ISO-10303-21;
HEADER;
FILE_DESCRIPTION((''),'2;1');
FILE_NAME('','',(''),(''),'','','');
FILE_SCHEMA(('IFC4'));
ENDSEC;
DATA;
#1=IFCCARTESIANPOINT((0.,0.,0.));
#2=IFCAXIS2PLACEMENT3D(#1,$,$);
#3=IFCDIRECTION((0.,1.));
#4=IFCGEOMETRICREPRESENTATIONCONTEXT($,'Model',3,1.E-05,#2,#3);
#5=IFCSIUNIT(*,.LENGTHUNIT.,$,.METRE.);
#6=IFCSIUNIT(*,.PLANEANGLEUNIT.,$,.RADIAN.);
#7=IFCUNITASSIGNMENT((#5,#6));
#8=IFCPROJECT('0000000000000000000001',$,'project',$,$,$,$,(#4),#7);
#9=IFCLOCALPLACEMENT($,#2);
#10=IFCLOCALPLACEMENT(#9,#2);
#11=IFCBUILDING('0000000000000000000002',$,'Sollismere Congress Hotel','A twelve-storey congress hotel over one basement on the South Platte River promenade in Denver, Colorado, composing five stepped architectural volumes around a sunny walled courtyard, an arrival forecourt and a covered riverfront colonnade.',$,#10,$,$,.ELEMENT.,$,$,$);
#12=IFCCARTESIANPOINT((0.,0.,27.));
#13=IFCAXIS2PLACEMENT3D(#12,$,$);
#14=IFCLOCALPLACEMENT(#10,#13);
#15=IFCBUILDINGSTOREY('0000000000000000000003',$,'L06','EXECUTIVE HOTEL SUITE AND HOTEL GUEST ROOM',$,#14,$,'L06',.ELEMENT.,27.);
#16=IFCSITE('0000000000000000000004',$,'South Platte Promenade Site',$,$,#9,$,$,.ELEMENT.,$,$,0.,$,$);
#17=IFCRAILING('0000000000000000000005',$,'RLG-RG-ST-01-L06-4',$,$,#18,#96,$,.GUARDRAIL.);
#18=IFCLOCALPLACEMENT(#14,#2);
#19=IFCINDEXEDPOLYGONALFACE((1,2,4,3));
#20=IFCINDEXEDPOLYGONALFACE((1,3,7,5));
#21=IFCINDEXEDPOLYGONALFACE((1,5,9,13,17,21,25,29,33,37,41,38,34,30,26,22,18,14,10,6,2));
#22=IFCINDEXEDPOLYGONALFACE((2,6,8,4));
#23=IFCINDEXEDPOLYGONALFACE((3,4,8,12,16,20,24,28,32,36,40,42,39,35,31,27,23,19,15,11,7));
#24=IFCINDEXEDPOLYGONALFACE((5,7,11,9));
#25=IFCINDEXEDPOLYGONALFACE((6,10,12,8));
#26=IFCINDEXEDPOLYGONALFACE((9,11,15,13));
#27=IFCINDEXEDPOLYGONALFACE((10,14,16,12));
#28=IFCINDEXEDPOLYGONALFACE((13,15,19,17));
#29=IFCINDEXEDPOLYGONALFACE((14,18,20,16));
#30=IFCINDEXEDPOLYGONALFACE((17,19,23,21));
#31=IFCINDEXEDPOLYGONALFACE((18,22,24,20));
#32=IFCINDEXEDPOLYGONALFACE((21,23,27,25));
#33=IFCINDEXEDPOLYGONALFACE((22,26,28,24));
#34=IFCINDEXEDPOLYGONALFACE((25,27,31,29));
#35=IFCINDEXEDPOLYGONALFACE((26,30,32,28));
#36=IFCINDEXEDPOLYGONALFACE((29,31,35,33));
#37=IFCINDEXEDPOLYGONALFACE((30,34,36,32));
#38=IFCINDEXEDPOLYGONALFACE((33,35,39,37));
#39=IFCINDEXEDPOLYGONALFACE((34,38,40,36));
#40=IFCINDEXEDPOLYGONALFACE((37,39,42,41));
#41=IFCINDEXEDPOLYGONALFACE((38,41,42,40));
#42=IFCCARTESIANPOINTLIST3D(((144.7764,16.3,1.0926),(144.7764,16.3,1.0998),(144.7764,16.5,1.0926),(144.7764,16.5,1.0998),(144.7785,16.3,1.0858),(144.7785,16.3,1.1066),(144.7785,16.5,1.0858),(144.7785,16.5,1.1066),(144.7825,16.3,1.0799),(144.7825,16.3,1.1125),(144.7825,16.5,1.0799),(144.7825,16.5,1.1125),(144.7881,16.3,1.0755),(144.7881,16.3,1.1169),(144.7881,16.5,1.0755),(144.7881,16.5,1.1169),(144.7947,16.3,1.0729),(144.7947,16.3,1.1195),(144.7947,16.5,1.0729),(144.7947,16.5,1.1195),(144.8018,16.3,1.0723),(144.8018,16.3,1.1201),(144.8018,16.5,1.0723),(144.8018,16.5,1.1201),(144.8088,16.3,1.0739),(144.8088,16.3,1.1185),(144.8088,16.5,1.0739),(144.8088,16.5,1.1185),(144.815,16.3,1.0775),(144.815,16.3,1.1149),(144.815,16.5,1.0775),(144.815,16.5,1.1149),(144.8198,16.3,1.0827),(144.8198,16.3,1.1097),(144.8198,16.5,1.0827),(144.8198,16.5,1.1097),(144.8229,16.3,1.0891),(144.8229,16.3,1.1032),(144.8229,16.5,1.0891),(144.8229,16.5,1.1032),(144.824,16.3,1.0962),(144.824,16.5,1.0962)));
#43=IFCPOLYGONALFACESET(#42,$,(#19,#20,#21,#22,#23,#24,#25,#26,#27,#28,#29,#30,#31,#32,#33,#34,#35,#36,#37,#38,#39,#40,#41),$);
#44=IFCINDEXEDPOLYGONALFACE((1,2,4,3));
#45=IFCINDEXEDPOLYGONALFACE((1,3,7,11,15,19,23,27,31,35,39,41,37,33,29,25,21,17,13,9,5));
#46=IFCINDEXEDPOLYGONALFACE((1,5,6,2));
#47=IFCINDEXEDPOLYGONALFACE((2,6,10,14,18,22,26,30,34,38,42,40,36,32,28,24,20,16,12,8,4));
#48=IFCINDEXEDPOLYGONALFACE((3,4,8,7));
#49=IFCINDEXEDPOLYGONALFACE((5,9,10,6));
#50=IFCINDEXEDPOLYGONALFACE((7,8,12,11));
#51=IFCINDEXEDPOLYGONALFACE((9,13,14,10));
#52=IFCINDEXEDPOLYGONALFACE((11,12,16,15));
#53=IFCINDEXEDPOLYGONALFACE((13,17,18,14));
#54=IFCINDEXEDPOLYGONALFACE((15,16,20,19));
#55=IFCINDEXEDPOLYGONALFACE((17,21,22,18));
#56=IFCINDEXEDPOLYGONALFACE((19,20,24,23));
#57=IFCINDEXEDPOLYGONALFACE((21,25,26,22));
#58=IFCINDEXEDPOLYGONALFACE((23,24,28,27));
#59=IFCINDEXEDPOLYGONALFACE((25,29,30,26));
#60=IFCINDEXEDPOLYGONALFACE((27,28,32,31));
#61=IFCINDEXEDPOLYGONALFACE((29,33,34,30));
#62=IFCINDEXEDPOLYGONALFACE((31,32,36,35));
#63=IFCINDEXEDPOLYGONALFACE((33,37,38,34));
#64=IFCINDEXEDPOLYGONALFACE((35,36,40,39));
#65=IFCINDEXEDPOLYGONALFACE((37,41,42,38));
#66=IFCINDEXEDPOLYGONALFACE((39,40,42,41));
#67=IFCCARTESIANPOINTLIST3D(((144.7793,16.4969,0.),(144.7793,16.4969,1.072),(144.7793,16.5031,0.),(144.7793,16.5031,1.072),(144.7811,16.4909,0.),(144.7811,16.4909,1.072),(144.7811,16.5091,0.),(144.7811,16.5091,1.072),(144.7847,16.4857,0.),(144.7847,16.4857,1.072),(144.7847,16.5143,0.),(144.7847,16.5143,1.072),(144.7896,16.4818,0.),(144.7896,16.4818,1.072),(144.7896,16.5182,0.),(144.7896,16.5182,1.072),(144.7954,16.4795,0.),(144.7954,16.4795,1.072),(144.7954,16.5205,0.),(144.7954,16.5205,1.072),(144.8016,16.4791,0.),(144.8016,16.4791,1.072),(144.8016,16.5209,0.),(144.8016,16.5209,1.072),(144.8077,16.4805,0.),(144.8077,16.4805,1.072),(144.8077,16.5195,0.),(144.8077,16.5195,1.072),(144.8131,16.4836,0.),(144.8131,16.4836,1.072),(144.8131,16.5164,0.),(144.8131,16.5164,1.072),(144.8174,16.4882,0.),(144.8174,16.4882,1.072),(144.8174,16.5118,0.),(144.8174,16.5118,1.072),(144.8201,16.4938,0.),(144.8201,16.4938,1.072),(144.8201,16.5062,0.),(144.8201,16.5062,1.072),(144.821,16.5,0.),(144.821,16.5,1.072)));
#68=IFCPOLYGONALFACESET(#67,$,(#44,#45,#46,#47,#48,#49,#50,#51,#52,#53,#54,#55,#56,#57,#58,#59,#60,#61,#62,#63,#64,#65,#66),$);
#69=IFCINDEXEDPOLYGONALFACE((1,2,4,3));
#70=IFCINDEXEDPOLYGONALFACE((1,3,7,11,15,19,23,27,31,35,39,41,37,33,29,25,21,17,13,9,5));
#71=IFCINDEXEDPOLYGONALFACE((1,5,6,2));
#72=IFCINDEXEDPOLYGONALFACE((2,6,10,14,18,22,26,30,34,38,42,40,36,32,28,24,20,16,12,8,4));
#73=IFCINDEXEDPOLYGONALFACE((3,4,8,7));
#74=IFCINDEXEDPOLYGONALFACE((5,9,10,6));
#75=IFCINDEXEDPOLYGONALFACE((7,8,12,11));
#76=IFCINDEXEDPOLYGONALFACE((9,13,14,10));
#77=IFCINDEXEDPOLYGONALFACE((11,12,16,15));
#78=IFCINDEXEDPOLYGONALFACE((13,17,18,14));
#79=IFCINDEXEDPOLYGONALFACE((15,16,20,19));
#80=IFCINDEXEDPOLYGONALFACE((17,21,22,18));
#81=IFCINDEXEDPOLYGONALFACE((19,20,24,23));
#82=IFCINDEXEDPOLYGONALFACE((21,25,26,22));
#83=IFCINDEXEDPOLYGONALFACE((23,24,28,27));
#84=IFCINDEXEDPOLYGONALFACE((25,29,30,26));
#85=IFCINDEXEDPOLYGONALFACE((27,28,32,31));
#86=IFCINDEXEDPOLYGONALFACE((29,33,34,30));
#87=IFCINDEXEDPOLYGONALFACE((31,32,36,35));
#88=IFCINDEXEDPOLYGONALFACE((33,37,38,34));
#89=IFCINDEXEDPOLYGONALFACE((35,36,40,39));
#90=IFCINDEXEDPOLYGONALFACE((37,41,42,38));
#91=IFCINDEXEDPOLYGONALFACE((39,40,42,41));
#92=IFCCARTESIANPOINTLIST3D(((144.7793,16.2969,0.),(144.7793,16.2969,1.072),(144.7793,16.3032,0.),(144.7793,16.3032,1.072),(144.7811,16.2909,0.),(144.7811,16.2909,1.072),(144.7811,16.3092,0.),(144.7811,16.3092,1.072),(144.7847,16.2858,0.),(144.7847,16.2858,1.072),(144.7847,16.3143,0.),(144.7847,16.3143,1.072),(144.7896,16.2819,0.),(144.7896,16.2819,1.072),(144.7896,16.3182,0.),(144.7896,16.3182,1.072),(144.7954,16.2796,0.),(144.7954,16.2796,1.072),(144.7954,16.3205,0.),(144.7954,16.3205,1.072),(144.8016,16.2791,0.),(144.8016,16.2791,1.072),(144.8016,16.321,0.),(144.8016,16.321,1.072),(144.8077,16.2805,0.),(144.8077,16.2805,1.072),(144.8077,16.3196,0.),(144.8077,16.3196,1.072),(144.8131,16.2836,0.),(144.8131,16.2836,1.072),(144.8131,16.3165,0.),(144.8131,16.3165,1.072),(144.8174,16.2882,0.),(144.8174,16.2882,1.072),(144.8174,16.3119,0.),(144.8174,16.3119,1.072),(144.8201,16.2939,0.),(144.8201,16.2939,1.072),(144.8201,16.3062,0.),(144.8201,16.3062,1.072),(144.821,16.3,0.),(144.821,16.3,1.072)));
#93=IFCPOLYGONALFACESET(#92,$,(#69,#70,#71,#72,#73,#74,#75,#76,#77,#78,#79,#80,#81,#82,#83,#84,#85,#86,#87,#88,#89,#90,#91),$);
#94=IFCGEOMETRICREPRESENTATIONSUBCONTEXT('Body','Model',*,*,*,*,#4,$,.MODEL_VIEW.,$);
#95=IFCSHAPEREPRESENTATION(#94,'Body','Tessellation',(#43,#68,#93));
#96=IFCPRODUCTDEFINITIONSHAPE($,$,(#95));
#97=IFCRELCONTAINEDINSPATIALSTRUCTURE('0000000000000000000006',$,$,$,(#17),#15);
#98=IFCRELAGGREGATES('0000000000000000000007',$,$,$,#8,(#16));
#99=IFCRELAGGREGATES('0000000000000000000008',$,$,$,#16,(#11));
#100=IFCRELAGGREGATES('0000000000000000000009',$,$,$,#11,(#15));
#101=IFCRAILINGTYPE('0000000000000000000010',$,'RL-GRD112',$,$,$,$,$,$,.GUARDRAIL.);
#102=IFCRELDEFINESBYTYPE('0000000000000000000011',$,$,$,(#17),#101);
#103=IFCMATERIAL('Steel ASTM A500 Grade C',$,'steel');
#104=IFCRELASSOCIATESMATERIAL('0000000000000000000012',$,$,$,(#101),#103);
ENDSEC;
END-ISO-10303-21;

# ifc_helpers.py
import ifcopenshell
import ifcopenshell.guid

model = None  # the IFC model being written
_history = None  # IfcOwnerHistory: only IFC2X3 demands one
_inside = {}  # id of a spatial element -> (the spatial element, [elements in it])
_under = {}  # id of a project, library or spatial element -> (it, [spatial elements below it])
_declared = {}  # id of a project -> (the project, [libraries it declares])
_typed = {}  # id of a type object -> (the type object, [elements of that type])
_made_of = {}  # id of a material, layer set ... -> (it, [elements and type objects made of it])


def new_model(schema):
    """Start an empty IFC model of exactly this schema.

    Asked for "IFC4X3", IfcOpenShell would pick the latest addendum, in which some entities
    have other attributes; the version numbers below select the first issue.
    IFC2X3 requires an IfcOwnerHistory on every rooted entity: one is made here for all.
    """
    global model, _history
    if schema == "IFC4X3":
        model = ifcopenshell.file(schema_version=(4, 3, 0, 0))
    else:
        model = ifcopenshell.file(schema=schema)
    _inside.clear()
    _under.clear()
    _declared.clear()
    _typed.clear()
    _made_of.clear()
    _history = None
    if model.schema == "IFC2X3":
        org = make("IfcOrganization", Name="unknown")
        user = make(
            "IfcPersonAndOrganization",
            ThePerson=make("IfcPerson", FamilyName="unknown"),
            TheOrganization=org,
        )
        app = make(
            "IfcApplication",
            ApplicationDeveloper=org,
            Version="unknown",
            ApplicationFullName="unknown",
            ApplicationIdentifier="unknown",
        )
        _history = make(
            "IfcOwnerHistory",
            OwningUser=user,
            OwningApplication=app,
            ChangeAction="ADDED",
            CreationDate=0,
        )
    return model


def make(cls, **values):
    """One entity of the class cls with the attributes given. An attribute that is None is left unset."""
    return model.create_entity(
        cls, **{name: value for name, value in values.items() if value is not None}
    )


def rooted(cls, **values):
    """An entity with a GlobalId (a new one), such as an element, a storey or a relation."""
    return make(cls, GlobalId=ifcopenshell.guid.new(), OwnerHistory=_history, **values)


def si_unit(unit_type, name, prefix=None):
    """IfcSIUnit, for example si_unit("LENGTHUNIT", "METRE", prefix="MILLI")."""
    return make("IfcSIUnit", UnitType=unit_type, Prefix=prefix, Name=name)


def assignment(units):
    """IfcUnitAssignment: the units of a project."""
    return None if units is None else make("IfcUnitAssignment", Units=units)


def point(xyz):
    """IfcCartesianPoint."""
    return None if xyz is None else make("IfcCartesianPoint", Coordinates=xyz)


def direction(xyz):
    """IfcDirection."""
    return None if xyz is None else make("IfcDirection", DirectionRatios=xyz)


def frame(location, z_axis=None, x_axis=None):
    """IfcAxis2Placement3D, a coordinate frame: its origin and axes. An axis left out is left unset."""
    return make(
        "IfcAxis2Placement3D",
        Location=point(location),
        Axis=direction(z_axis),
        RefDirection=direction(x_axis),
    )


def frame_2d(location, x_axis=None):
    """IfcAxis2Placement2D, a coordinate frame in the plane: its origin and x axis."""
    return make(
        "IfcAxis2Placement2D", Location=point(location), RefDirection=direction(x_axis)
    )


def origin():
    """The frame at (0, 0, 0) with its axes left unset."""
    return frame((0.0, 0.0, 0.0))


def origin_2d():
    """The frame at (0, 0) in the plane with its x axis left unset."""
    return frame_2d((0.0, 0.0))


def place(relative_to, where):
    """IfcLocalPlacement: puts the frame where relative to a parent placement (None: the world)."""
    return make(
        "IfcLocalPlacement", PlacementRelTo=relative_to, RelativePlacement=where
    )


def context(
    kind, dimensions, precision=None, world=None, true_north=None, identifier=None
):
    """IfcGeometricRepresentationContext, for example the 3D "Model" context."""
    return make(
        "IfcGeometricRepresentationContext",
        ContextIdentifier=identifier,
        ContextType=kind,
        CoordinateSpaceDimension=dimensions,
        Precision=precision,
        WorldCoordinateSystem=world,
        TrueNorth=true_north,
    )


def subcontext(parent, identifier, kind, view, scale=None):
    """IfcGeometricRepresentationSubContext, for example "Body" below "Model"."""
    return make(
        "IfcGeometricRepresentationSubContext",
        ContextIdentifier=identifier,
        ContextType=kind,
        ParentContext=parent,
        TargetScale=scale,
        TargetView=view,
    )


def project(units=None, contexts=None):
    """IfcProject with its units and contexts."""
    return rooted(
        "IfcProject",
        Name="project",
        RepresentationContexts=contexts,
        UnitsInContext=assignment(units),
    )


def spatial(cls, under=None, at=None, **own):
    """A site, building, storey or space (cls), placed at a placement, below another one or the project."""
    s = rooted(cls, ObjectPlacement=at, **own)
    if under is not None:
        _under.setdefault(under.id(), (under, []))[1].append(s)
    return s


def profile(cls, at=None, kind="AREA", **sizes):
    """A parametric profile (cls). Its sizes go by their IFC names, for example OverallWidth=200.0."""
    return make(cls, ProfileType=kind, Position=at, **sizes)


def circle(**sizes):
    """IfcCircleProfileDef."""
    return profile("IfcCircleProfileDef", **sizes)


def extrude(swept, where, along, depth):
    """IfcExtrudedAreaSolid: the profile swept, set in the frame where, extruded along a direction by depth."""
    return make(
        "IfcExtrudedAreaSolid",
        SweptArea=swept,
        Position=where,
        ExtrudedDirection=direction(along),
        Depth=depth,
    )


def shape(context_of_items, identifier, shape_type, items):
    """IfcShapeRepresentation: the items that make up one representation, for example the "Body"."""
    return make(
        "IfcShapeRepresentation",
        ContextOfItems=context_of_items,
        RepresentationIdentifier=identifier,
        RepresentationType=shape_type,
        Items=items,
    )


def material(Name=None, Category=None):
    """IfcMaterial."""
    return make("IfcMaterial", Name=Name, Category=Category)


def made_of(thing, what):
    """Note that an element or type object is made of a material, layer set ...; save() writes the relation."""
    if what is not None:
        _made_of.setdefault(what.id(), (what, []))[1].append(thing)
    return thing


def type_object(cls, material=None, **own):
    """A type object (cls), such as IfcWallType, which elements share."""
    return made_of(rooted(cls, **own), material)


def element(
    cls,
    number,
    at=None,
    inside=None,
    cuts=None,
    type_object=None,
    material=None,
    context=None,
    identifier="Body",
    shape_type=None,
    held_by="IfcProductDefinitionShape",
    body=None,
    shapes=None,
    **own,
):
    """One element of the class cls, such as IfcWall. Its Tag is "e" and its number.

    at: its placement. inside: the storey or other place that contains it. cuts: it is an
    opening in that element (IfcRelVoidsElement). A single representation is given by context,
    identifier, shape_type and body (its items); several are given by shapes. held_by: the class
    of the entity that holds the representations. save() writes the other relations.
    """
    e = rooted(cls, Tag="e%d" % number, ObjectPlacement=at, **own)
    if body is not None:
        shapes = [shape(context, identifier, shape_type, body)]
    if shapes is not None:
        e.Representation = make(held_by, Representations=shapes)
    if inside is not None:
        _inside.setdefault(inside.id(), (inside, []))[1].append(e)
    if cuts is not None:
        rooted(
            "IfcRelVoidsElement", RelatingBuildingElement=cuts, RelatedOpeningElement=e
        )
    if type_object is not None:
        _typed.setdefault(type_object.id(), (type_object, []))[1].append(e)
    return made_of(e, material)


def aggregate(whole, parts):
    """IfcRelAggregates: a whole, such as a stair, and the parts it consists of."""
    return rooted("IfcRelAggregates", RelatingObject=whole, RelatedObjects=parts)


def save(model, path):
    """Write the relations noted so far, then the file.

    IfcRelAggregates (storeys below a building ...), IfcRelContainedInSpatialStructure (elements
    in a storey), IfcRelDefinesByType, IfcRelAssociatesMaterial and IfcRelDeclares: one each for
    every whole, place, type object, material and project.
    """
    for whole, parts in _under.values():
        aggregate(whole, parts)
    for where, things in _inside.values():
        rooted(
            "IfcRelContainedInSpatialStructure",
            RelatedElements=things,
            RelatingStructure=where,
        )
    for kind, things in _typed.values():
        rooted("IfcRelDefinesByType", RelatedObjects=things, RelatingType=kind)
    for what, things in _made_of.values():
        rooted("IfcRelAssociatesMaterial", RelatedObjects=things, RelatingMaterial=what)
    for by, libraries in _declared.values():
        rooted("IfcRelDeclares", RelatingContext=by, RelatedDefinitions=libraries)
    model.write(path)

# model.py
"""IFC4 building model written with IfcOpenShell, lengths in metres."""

from ifc_helpers import new_model, si_unit, direction, frame, origin, origin_2d, place, context, subcontext, project, spatial, circle, extrude, material, type_object, element, save


model = new_model("IFC4")

# Units and contexts
model_context = context("Model", 3, precision=1e-05, world=origin(), true_north=direction((0.0, 1.0)))
body_context = subcontext(model_context, "Body", "Model", "MODEL_VIEW")
ifc_project = project(units=[si_unit("LENGTHUNIT", "METRE"), si_unit("PLANEANGLEUNIT", "RADIAN")], contexts=[model_context])

# Site, building, storey
site_placement = place(None, origin())
site = spatial("IfcSite", under=ifc_project, at=site_placement, Name="South Platte Promenade Site", CompositionType="ELEMENT", RefElevation=0.0)
building_placement = place(site_placement, origin())
building = spatial("IfcBuilding", under=site, at=building_placement, Name="Sollismere Congress Hotel", Description="A twelve-storey congress hotel over one basement on the South Platte River promenade in Denver, Colorado, composing five stepped architectural volumes around a sunny walled courtyard, an arrival forecourt and a covered riverfront colonnade.", CompositionType="ELEMENT")
storey_placement = place(building_placement, frame((0.0, 0.0, 27.0)))
storey = spatial("IfcBuildingStorey", under=building, at=storey_placement, Name="L06", Description="EXECUTIVE HOTEL SUITE AND HOTEL GUEST ROOM", LongName="L06", CompositionType="ELEMENT", Elevation=27.0)

# Railing
ifc_material_1 = material(Name="Steel ASTM A500 Grade C", Category="steel")
railing_type_1 = type_object("IfcRailingType", Name="RL-GRD112", PredefinedType="GUARDRAIL", material=ifc_material_1)
railing_1_placement = place(storey_placement, frame((144.8, 16.5, 0.0)))
element("IfcRailing", 1, at=railing_1_placement, inside=storey, type_object=railing_type_1, Name="RLG-RG-ST-01-L06-4", PredefinedType="GUARDRAIL", context=body_context, shape_type="SweptSolid", body=[
    extrude(circle(Radius=0.0239, at=origin_2d()), frame((0.0, 0.0, 1.0962), z_axis=(0.0, -1.0, 0.0), x_axis=(1.0, 0.0, 0.0)), (0.0, 0.0, 1.0), 0.2),
    extrude(circle(Radius=0.021, at=origin_2d()), origin(), (0.0, 0.0, 1.0), 1.072),
    extrude(circle(Radius=0.021, at=origin_2d()), frame((0.0, -0.2, 0.0)), (0.0, 0.0, 1.0), 1.072),
])

save(model, "model.ifc")
